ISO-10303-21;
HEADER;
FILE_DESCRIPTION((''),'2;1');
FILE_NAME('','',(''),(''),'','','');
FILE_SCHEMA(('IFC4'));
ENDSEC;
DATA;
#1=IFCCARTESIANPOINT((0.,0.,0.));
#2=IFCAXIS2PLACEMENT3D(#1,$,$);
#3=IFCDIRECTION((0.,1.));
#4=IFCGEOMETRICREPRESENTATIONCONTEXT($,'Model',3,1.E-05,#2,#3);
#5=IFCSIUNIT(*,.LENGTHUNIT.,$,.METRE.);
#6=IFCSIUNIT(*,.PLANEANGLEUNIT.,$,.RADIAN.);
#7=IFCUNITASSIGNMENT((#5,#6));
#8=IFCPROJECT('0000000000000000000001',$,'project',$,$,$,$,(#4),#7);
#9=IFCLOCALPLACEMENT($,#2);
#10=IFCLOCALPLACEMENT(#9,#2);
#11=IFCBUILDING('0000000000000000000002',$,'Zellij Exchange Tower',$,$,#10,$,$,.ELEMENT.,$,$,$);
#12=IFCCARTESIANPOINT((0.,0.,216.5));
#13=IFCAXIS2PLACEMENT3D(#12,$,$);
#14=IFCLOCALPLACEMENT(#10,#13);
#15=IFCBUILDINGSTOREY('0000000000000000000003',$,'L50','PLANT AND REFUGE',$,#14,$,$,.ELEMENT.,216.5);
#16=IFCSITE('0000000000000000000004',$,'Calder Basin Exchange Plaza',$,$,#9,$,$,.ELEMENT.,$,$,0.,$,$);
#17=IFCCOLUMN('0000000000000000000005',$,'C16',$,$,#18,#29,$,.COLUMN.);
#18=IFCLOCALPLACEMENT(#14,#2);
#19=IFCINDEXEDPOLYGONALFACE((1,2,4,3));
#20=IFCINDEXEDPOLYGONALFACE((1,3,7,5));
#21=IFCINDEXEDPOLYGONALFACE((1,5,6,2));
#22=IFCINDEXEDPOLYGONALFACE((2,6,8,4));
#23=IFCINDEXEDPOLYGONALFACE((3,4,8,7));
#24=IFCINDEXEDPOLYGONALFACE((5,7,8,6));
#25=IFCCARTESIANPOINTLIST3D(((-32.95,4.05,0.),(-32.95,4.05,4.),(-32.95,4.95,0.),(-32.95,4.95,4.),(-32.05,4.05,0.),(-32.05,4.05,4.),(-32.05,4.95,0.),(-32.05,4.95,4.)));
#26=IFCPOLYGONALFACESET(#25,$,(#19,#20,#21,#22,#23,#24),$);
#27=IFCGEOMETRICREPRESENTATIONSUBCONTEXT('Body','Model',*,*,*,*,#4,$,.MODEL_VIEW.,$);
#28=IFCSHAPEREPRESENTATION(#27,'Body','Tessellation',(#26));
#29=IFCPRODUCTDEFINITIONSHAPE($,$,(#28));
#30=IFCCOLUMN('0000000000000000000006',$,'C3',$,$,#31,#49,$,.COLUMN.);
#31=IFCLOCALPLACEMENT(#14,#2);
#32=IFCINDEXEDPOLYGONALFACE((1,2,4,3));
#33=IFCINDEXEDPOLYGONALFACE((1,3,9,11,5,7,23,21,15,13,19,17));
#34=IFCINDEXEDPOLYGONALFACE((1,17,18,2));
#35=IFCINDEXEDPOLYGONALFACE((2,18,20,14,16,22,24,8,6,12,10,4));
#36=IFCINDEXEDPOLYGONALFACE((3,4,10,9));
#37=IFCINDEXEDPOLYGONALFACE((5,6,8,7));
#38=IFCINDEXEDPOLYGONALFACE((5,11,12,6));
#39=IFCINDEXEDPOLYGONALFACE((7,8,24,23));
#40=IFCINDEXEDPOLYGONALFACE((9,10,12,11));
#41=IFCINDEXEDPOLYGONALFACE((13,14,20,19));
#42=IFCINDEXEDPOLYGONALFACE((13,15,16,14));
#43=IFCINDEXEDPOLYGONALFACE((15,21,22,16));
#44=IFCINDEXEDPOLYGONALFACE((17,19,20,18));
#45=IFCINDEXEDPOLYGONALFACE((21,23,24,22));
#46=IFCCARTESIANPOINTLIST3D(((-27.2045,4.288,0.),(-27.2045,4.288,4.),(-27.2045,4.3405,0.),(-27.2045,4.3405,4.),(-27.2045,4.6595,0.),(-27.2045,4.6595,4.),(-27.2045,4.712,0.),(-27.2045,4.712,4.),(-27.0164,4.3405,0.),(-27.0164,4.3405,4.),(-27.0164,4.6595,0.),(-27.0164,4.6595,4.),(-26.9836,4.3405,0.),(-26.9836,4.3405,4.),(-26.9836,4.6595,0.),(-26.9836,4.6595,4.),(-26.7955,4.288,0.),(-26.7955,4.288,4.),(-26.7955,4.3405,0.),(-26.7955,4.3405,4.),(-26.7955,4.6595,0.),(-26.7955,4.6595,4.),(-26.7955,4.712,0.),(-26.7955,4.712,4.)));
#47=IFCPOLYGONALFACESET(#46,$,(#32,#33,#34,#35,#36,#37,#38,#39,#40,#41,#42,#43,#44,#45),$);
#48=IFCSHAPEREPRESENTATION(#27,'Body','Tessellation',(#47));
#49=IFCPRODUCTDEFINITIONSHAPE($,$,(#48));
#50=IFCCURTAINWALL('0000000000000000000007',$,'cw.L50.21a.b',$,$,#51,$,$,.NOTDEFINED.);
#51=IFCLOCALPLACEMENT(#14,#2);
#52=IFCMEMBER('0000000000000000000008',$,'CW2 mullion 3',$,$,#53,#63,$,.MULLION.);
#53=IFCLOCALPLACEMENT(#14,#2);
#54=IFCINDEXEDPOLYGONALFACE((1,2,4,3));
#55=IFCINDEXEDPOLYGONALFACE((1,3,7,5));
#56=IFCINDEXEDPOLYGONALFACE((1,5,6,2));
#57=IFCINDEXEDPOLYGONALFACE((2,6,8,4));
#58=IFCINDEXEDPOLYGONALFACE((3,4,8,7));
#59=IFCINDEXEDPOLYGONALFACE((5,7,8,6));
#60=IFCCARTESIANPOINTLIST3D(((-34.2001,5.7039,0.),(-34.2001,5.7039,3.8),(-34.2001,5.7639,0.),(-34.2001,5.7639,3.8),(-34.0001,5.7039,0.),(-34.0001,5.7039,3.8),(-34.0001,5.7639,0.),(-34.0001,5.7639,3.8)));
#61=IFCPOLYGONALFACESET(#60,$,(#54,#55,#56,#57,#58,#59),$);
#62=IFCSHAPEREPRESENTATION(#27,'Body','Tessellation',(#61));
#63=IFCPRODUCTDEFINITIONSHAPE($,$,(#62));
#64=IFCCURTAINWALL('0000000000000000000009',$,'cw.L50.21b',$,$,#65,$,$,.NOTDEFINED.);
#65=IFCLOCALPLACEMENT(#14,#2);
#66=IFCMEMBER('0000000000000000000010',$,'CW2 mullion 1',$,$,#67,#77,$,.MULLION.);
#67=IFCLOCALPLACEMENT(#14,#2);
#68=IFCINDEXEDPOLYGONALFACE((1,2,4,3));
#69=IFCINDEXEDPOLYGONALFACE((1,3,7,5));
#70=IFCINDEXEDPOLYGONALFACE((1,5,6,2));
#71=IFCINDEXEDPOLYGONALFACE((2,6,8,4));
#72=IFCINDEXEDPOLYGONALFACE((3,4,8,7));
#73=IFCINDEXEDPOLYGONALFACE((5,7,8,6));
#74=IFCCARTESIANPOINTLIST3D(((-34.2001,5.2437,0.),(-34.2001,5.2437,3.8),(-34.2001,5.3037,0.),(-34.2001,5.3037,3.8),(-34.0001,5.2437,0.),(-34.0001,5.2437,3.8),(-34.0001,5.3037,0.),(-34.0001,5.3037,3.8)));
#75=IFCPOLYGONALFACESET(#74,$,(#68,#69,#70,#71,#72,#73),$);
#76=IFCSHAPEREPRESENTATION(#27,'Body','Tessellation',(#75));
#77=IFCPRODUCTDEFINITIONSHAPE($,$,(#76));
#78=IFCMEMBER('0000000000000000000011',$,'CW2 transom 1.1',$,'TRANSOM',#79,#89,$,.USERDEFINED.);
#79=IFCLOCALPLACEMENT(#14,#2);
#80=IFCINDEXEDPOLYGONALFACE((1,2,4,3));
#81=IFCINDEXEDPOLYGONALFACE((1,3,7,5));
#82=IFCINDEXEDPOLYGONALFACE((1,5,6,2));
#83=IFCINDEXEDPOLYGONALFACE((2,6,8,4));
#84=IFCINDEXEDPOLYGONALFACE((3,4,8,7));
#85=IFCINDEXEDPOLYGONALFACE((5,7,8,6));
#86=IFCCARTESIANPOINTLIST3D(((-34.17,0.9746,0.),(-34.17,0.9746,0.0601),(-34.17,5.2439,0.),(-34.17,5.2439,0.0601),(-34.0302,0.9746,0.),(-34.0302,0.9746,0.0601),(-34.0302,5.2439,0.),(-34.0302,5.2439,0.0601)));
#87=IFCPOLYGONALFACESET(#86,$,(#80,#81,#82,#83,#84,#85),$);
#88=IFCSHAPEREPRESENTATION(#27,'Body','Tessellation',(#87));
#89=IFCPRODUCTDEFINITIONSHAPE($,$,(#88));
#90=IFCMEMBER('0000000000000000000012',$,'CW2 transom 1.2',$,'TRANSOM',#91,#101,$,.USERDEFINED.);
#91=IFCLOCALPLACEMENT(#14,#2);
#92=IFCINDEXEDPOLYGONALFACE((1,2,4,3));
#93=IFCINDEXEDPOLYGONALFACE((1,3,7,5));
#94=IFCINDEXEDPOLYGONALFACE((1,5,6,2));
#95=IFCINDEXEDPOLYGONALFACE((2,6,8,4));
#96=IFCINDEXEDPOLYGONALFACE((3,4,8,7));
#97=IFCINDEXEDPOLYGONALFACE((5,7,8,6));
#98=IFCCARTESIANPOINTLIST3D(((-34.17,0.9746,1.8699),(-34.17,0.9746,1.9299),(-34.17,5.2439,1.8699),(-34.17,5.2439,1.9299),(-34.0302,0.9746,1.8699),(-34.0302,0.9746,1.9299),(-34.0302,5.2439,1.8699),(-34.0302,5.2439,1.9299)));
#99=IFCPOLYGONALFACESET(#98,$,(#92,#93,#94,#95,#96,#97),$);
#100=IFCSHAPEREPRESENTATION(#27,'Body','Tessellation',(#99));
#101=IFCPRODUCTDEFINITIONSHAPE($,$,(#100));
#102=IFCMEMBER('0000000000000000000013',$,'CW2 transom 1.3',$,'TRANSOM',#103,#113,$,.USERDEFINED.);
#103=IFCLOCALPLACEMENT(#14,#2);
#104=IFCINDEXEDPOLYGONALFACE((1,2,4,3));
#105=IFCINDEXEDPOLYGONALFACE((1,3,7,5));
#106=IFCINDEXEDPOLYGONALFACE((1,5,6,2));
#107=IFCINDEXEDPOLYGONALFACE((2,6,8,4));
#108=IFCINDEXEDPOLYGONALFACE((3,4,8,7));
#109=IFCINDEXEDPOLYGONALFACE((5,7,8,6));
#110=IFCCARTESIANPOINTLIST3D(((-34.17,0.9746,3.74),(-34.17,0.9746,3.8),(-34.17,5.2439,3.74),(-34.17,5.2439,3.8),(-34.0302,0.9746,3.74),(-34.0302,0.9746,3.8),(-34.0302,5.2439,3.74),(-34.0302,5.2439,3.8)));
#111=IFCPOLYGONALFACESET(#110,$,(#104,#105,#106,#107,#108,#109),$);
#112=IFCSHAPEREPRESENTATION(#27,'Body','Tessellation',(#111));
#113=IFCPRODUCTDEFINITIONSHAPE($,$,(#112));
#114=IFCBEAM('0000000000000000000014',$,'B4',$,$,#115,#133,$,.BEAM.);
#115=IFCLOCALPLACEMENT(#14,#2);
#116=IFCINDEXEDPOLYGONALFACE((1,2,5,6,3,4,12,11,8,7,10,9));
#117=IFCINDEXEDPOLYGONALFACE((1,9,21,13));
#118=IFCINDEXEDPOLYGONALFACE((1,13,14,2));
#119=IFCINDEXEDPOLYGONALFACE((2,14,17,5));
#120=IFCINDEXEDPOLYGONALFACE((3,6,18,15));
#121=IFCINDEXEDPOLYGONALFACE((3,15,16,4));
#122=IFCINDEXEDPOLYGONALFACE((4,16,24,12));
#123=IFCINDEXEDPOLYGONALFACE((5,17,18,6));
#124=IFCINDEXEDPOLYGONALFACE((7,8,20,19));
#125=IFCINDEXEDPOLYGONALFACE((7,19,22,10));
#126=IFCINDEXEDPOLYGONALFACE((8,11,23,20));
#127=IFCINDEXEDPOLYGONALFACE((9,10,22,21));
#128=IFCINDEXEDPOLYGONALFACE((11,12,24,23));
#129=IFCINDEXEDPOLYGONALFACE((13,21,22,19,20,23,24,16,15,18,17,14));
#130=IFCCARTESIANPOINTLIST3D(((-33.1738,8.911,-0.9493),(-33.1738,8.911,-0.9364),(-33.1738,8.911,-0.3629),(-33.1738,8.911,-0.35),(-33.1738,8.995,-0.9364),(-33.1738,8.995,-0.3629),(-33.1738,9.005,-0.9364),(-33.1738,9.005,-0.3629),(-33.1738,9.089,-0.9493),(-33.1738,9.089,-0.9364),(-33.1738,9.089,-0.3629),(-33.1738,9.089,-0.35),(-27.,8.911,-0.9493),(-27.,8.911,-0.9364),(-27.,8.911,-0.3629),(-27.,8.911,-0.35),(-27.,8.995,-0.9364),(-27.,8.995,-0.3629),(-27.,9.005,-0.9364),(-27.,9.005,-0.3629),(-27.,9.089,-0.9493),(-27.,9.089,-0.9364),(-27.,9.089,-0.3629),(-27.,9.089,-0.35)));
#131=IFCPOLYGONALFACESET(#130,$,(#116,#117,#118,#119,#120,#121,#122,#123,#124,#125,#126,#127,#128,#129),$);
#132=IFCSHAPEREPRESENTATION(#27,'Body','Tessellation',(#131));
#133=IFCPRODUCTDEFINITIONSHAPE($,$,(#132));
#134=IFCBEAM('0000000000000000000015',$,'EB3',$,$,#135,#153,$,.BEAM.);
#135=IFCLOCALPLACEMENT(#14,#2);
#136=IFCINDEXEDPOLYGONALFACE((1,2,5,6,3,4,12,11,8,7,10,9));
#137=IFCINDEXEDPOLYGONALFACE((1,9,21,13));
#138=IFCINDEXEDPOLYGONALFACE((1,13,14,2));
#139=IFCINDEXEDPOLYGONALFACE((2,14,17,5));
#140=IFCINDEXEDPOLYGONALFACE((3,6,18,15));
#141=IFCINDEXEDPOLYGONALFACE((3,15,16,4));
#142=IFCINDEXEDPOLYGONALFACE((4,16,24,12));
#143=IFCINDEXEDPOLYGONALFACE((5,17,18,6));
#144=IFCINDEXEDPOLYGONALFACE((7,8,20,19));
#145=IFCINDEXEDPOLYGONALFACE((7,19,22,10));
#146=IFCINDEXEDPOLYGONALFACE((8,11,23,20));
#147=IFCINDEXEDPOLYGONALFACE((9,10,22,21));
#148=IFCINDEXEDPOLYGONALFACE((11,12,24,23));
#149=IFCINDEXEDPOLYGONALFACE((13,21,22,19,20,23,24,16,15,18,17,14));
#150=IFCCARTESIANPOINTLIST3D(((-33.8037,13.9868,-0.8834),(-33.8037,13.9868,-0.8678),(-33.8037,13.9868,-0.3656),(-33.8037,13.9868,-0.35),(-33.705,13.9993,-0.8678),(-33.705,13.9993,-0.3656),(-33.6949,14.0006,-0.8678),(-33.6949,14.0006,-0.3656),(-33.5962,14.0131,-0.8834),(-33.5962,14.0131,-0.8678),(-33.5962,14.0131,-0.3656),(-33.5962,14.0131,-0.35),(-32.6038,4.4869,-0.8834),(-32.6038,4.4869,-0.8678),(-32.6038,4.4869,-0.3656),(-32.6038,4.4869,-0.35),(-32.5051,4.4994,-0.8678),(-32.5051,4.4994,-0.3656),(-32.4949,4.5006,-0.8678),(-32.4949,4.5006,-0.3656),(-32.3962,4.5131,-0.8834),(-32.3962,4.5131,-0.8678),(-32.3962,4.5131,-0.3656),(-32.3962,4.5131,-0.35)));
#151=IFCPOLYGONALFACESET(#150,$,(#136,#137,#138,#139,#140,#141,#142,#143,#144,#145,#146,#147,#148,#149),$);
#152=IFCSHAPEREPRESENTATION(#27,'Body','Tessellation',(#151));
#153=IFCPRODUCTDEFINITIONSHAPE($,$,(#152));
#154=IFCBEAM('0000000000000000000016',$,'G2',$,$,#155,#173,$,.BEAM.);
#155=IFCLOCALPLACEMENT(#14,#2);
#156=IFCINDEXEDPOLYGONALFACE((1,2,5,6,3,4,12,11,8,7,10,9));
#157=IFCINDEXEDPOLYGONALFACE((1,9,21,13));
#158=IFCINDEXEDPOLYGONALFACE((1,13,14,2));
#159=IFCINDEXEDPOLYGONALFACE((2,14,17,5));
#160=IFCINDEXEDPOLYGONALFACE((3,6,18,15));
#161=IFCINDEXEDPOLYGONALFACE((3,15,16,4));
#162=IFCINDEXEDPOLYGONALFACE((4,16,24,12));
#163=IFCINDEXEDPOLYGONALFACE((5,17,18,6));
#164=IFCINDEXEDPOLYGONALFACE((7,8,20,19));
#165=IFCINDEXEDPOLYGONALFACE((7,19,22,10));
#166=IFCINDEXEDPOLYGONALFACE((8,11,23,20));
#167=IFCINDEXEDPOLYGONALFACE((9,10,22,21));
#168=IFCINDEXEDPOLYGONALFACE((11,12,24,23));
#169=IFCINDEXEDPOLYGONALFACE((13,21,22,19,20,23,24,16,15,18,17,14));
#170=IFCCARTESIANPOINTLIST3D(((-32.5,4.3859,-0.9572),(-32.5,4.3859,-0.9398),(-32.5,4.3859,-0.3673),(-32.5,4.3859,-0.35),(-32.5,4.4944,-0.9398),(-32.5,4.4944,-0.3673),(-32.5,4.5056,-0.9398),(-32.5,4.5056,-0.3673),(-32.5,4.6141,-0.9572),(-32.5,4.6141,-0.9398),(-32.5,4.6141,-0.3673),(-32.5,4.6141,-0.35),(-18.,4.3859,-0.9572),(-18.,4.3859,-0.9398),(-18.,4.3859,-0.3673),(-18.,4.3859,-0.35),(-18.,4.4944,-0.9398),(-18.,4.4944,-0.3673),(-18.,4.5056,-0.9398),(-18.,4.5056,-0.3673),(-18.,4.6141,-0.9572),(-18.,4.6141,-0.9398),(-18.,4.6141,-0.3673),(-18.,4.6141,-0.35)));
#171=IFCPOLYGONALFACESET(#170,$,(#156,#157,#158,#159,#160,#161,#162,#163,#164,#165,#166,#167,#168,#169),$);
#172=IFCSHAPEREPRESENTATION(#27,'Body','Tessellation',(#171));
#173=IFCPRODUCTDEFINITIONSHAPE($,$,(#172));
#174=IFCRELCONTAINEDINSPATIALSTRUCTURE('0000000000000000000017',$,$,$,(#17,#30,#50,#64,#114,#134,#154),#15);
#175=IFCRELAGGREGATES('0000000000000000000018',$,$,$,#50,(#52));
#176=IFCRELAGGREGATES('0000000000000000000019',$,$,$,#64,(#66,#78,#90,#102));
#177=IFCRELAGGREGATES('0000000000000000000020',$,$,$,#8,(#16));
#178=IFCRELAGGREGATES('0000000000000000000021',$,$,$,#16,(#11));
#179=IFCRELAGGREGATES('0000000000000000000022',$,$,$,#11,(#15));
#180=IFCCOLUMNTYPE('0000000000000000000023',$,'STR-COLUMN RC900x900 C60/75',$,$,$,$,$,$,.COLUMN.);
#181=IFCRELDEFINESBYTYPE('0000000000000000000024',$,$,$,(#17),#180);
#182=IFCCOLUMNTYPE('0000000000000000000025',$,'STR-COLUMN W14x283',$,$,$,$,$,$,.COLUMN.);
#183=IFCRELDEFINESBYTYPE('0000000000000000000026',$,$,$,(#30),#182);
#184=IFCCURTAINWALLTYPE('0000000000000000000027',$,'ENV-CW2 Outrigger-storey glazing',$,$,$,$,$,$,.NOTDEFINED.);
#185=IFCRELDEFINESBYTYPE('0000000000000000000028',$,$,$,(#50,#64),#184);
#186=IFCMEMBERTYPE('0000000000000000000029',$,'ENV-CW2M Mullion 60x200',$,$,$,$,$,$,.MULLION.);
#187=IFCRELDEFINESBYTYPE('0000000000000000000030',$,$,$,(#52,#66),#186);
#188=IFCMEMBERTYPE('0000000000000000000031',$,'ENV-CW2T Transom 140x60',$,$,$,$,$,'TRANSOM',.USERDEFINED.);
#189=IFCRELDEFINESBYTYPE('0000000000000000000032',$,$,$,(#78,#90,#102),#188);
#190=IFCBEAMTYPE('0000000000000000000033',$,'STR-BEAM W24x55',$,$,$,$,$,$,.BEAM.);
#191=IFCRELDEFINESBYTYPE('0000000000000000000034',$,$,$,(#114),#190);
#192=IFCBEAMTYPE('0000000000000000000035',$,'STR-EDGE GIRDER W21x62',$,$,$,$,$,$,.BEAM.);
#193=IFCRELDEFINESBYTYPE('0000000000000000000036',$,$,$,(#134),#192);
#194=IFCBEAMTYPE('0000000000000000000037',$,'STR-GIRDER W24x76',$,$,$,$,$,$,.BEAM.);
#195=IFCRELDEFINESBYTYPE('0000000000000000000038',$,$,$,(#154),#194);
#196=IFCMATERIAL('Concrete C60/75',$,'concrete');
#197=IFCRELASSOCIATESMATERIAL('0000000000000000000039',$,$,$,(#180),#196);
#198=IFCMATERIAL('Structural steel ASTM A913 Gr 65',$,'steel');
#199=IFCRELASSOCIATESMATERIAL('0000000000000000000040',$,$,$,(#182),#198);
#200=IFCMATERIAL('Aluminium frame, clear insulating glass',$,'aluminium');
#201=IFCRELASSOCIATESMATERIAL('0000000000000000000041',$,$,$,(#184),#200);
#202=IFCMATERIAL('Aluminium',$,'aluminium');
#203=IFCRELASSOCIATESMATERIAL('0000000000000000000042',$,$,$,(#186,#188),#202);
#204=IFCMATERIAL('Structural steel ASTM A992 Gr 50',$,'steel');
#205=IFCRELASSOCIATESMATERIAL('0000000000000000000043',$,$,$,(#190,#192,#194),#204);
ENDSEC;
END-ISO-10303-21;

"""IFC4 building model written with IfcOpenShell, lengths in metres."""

from ifc_helpers import new_model, si_unit, direction, frame, origin, origin_2d, place, context, subcontext, project, spatial, rectangle, i_section, extrude, material, material_profile, profile_set, type_object, element, aggregate, save


model = new_model("IFC4")

# Units and contexts
model_context = context("Model", 3, precision=1e-05, world=origin(), true_north=direction((0.0, 1.0)))
body_context = subcontext(model_context, "Body", "Model", "MODEL_VIEW")
ifc_project = project(units=[si_unit("LENGTHUNIT", "METRE"), si_unit("PLANEANGLEUNIT", "RADIAN")], contexts=[model_context])

# Site, building, storey
site_placement = place(None, origin())
site = spatial("IfcSite", under=ifc_project, at=site_placement, Name="Calder Basin Exchange Plaza", CompositionType="ELEMENT", RefElevation=0.0)
building_placement = place(site_placement, origin())
building = spatial("IfcBuilding", under=site, at=building_placement, Name="Zellij Exchange Tower", CompositionType="ELEMENT")
storey_placement = place(building_placement, frame((0.0, 0.0, 216.5)))
storey = spatial("IfcBuildingStorey", under=building, at=storey_placement, Name="L50", Description="PLANT AND REFUGE", CompositionType="ELEMENT", Elevation=216.5)

# Columns
ifc_material_1 = material(Name="Concrete C60/75", Category="concrete")
ifc_material_profile_1 = material_profile(ifc_material_1, rectangle(XDim=0.8999, YDim=0.8999, at=origin_2d()), Name="STR-COLUMN RC900x900 C60/75")
ifc_profile_set_1 = profile_set([ifc_material_profile_1], Name="Concrete C60/75")
column_type_1 = type_object("IfcColumnType", Name="STR-COLUMN RC900x900 C60/75", PredefinedType="COLUMN", material=ifc_profile_set_1)
column_1_placement = place(storey_placement, frame((-32.5, 4.5, 0.0), z_axis=(0.0, 0.0, 1.0), x_axis=(1.0, 0.0, 0.0)))
element("IfcColumn", 1, at=column_1_placement, inside=storey, type_object=column_type_1, Name="C16", PredefinedType="COLUMN", context=body_context, shape_type="SweptSolid", body=[
    extrude(rectangle(XDim=0.8999, YDim=0.8999, at=origin_2d()), origin(), (0.0, 0.0, 1.0), 4.0),
])
ifc_material_2 = material(Name="Structural steel ASTM A913 Gr 65", Category="steel")
ifc_material_profile_2 = material_profile(ifc_material_2, i_section(OverallWidth=0.4089, OverallDepth=0.4241, WebThickness=0.0327, FlangeThickness=0.0525, at=origin_2d()), Name="W14x283")
ifc_profile_set_2 = profile_set([ifc_material_profile_2], Name="Structural steel ASTM A913 Gr 65")
column_type_2 = type_object("IfcColumnType", Name="STR-COLUMN W14x283", PredefinedType="COLUMN", material=ifc_profile_set_2)
column_2_placement = place(storey_placement, frame((-27.0, 4.5, 0.0), z_axis=(0.0, 0.0, 1.0), x_axis=(1.0, 0.0, 0.0)))
element("IfcColumn", 2, at=column_2_placement, inside=storey, type_object=column_type_2, Name="C3", PredefinedType="COLUMN", context=body_context, shape_type="SweptSolid", body=[
    extrude(i_section(OverallWidth=0.4089, OverallDepth=0.4241, WebThickness=0.0327, FlangeThickness=0.0525, at=origin_2d()), origin(), (0.0, 0.0, 1.0), 4.0),
])

# Curtain wall, member
ifc_material_3 = material(Name="Aluminium frame, clear insulating glass", Category="aluminium")
curtain_wall_type = type_object("IfcCurtainWallType", Name="ENV-CW2 Outrigger-storey glazing", PredefinedType="NOTDEFINED", material=ifc_material_3)
curtain_wall_1_placement = place(storey_placement, origin())
curtain_wall_1 = element("IfcCurtainWall", 3, at=curtain_wall_1_placement, inside=storey, type_object=curtain_wall_type, Name="cw.L50.21a.b", PredefinedType="NOTDEFINED")
ifc_material_4 = material(Name="Aluminium", Category="aluminium")
ifc_material_profile_3 = material_profile(ifc_material_4, rectangle(XDim=0.0601, YDim=0.2, at=origin_2d()), Name="AL 60x200")
ifc_profile_set_3 = profile_set([ifc_material_profile_3], Name="Aluminium")
member_type_1 = type_object("IfcMemberType", Name="ENV-CW2M Mullion 60x200", PredefinedType="MULLION", material=ifc_profile_set_3)
member_1_placement = place(storey_placement, frame((-34.1001, 5.7339, 0.0), z_axis=(0.0, 0.0, 1.0), x_axis=(0.0, -1.0, 0.0)))
member_1 = element("IfcMember", 4, at=member_1_placement, type_object=member_type_1, Name="CW2 mullion 3", PredefinedType="MULLION", context=body_context, shape_type="SweptSolid", body=[
    extrude(rectangle(XDim=0.0601, YDim=0.2, at=origin_2d()), origin(), (0.0, 0.0, 1.0), 3.8),
])

# Curtain wall, members
curtain_wall_2_placement = place(storey_placement, origin())
curtain_wall_2 = element("IfcCurtainWall", 5, at=curtain_wall_2_placement, inside=storey, type_object=curtain_wall_type, Name="cw.L50.21b", PredefinedType="NOTDEFINED")
member_2_placement = place(storey_placement, frame((-34.1001, 5.2737, 0.0), z_axis=(0.0, 0.0, 1.0), x_axis=(0.0, -1.0, 0.0)))
member_2 = element("IfcMember", 6, at=member_2_placement, type_object=member_type_1, Name="CW2 mullion 1", PredefinedType="MULLION", context=body_context, shape_type="SweptSolid", body=[
    extrude(rectangle(XDim=0.0601, YDim=0.2, at=origin_2d()), origin(), (0.0, 0.0, 1.0), 3.8),
])
ifc_material_profile_4 = material_profile(ifc_material_4, rectangle(XDim=0.1399, YDim=0.0601, at=origin_2d()), Name="AL 140x60")
ifc_profile_set_4 = profile_set([ifc_material_profile_4], Name="Aluminium")
member_type_2 = type_object("IfcMemberType", Name="ENV-CW2T Transom 140x60", ElementType="TRANSOM", PredefinedType="USERDEFINED", material=ifc_profile_set_4)
member_3_placement = place(storey_placement, frame((-34.1001, 5.2439, 0.03), z_axis=(0.0, -1.0, 0.0), x_axis=(1.0, 0.0, 0.0)))
member_3 = element("IfcMember", 7, at=member_3_placement, type_object=member_type_2, Name="CW2 transom 1.1", ObjectType="TRANSOM", PredefinedType="USERDEFINED", context=body_context, shape_type="SweptSolid", body=[
    extrude(rectangle(XDim=0.1399, YDim=0.0601, at=origin_2d()), origin(), (0.0, 0.0, 1.0), 4.2693),
])
member_4_placement = place(storey_placement, frame((-34.1001, 5.2439, 1.8999), z_axis=(0.0, -1.0, 0.0), x_axis=(1.0, 0.0, 0.0)))
member_4 = element("IfcMember", 8, at=member_4_placement, type_object=member_type_2, Name="CW2 transom 1.2", ObjectType="TRANSOM", PredefinedType="USERDEFINED", context=body_context, shape_type="SweptSolid", body=[
    extrude(rectangle(XDim=0.1399, YDim=0.0601, at=origin_2d()), origin(), (0.0, 0.0, 1.0), 4.2693),
])
member_5_placement = place(storey_placement, frame((-34.1001, 5.2439, 3.77), z_axis=(0.0, -1.0, 0.0), x_axis=(1.0, 0.0, 0.0)))
member_5 = element("IfcMember", 9, at=member_5_placement, type_object=member_type_2, Name="CW2 transom 1.3", ObjectType="TRANSOM", PredefinedType="USERDEFINED", context=body_context, shape_type="SweptSolid", body=[
    extrude(rectangle(XDim=0.1399, YDim=0.0601, at=origin_2d()), origin(), (0.0, 0.0, 1.0), 4.2693),
])

# Beams
ifc_material_5 = material(Name="Structural steel ASTM A992 Gr 50", Category="steel")
ifc_material_profile_5 = material_profile(ifc_material_5, i_section(OverallWidth=0.178, OverallDepth=0.5994, WebThickness=0.01, FlangeThickness=0.0129, at=origin_2d()), Name="W24x55")
ifc_profile_set_5 = profile_set([ifc_material_profile_5], Name="Structural steel ASTM A992 Gr 50")
beam_type_1 = type_object("IfcBeamType", Name="STR-BEAM W24x55", PredefinedType="BEAM", material=ifc_profile_set_5)
beam_1_placement = place(storey_placement, frame((-33.1738, 9.0, -0.6497), z_axis=(1.0, 0.0, 0.0), x_axis=(0.0, 1.0, 0.0)))
element("IfcBeam", 10, at=beam_1_placement, inside=storey, type_object=beam_type_1, Name="B4", PredefinedType="BEAM", context=body_context, shape_type="SweptSolid", body=[
    extrude(i_section(OverallWidth=0.178, OverallDepth=0.5994, WebThickness=0.01, FlangeThickness=0.0129, at=origin_2d()), origin(), (0.0, 0.0, 1.0), 6.1738),
])
ifc_material_profile_6 = material_profile(ifc_material_5, i_section(OverallWidth=0.2092, OverallDepth=0.5334, WebThickness=0.0103, FlangeThickness=0.0156, at=origin_2d()), Name="W21x62")
ifc_profile_set_6 = profile_set([ifc_material_profile_6], Name="Structural steel ASTM A992 Gr 50")
beam_type_2 = type_object("IfcBeamType", Name="STR-EDGE GIRDER W21x62", PredefinedType="BEAM", material=ifc_profile_set_6)
beam_2_placement = place(storey_placement, frame((-32.5, 4.5, -0.6167), z_axis=(-0.125315, 0.992117, 0.0), x_axis=(-0.992117, -0.125315, 0.0)))
element("IfcBeam", 11, at=beam_2_placement, inside=storey, type_object=beam_type_2, Name="EB3", PredefinedType="BEAM", context=body_context, shape_type="SweptSolid", body=[
    extrude(i_section(OverallWidth=0.2092, OverallDepth=0.5334, WebThickness=0.0103, FlangeThickness=0.0156, at=origin_2d()), origin(), (0.0, 0.0, 1.0), 9.5754),
])
ifc_material_profile_7 = material_profile(ifc_material_5, i_section(OverallWidth=0.2283, OverallDepth=0.6072, WebThickness=0.0112, FlangeThickness=0.0173, at=origin_2d()), Name="W24x76")
ifc_profile_set_7 = profile_set([ifc_material_profile_7], Name="Structural steel ASTM A992 Gr 50")
beam_type_3 = type_object("IfcBeamType", Name="STR-GIRDER W24x76", PredefinedType="BEAM", material=ifc_profile_set_7)
beam_3_placement = place(storey_placement, frame((-32.5, 4.5, -0.6536), z_axis=(1.0, 0.0, 0.0), x_axis=(0.0, 1.0, 0.0)))
element("IfcBeam", 12, at=beam_3_placement, inside=storey, type_object=beam_type_3, Name="G2", PredefinedType="BEAM", context=body_context, shape_type="SweptSolid", body=[
    extrude(i_section(OverallWidth=0.2283, OverallDepth=0.6072, WebThickness=0.0112, FlangeThickness=0.0173, at=origin_2d()), origin(), (0.0, 0.0, 1.0), 14.5),
])

aggregate(curtain_wall_1, [member_1])
aggregate(curtain_wall_2, [member_2, member_3, member_4, member_5])

save(model, "model.ifc")
